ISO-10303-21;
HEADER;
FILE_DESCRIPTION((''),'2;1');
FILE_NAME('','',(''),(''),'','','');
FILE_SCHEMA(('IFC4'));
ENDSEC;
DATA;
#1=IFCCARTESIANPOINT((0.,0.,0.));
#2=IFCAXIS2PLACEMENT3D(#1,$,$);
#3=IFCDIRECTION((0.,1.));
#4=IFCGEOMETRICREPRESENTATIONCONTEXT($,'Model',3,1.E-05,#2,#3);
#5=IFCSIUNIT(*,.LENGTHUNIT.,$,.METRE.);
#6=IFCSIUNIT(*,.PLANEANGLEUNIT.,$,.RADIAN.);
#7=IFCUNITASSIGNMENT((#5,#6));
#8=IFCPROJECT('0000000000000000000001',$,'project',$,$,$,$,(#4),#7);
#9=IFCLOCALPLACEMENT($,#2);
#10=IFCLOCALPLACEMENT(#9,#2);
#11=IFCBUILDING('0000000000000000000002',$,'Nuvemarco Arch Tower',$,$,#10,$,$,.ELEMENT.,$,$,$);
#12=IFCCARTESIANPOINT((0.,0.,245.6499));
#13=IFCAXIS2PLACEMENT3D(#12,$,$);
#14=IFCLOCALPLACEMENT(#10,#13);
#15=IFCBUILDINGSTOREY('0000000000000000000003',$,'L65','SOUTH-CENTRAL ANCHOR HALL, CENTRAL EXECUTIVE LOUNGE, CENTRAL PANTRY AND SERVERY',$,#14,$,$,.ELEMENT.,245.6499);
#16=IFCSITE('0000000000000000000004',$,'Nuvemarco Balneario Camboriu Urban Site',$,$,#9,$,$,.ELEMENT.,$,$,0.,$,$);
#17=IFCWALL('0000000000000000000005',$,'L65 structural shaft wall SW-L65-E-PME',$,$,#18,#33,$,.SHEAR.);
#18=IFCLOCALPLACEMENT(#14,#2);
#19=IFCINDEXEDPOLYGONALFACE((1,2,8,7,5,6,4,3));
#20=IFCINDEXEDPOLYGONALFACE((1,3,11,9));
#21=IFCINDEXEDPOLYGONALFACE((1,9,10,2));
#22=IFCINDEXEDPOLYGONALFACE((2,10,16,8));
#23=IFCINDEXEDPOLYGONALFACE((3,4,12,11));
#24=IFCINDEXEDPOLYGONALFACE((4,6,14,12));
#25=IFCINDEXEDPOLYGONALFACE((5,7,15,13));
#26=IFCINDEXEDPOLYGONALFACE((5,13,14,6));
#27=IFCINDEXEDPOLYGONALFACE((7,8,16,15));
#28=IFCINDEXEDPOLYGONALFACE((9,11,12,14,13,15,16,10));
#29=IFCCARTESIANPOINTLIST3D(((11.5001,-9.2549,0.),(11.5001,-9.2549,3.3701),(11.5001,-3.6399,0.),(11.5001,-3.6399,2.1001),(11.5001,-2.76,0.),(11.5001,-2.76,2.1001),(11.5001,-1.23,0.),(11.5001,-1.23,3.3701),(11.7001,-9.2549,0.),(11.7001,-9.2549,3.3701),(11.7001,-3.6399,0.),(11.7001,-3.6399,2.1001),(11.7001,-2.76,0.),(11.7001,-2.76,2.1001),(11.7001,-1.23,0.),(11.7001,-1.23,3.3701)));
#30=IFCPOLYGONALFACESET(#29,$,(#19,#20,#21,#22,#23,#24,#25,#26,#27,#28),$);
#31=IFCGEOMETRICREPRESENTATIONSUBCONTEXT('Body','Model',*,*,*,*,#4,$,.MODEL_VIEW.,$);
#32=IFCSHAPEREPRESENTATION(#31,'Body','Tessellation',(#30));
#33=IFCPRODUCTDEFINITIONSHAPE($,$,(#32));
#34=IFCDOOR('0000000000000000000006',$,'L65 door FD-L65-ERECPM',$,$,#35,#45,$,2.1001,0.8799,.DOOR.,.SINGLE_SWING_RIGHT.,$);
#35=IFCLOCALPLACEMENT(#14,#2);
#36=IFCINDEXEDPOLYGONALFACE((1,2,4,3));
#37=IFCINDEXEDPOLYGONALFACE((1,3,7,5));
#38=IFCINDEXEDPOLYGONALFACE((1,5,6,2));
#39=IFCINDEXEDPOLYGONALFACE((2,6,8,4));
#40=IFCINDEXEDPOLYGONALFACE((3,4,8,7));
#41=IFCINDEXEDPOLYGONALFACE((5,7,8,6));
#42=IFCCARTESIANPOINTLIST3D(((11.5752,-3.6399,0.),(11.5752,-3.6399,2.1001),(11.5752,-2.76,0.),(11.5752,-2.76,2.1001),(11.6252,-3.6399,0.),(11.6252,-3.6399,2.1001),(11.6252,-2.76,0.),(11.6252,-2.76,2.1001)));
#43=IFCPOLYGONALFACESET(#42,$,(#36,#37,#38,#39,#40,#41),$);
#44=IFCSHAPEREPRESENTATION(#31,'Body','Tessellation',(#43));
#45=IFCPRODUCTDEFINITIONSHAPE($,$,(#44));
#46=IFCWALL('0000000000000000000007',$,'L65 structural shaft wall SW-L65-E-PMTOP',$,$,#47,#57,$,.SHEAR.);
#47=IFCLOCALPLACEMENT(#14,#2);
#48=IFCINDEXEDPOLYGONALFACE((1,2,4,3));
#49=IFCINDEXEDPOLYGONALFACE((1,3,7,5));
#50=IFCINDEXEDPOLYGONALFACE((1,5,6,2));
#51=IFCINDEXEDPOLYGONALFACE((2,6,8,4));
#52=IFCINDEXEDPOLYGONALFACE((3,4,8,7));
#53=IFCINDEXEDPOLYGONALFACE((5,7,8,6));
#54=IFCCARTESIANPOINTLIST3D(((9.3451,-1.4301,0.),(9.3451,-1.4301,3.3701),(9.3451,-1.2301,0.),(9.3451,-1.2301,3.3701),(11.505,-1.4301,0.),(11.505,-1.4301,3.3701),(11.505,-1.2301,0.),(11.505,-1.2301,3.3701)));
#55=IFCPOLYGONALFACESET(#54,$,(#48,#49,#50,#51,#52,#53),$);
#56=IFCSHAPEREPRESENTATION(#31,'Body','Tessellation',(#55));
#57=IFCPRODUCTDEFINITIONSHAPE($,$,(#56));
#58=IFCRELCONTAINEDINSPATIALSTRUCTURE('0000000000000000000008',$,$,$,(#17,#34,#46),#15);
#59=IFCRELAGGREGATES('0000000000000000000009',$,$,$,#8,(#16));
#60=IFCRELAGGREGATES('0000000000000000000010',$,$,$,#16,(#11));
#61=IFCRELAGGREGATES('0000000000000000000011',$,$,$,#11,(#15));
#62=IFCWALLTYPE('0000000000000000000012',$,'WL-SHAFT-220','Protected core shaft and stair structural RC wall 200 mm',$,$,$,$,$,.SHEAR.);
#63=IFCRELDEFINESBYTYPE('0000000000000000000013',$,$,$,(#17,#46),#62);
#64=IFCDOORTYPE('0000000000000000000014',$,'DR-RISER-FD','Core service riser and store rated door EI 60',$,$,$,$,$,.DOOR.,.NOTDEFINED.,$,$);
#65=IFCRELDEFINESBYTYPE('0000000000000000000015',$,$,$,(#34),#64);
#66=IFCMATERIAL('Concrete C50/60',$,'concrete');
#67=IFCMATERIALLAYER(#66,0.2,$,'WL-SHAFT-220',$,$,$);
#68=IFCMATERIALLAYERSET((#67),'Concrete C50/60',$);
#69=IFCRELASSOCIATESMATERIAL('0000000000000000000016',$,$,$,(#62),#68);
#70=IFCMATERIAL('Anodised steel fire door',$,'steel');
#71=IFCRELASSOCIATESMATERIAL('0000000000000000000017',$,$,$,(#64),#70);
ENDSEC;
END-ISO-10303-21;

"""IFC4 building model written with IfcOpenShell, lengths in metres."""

from ifc_helpers import new_model, si_unit, direction, frame, frame_2d, origin, place, context, subcontext, project, spatial, rectangle, extrude, source, transform, mapped, material, layer, layer_set, type_object, type_shapes, element, fill, save


model = new_model("IFC4")

# Units and contexts
model_context = context("Model", 3, precision=1e-05, world=origin(), true_north=direction((0.0, 1.0)))
body_context = subcontext(model_context, "Body", "Model", "MODEL_VIEW")
ifc_project = project(units=[si_unit("LENGTHUNIT", "METRE"), si_unit("PLANEANGLEUNIT", "RADIAN")], contexts=[model_context])

# Site, building, storey
site_placement = place(None, origin())
site = spatial("IfcSite", under=ifc_project, at=site_placement, Name="Nuvemarco Balneario Camboriu Urban Site", CompositionType="ELEMENT", RefElevation=0.0)
building_placement = place(site_placement, origin())
building = spatial("IfcBuilding", under=site, at=building_placement, Name="Nuvemarco Arch Tower", CompositionType="ELEMENT")
storey_placement = place(building_placement, frame((0.0, 0.0, 245.6499)))
storey = spatial("IfcBuildingStorey", under=building, at=storey_placement, Name="L65", Description="SOUTH-CENTRAL ANCHOR HALL, CENTRAL EXECUTIVE LOUNGE, CENTRAL PANTRY AND SERVERY", CompositionType="ELEMENT", Elevation=245.6499)

# Shared definitions
ifc_material_1 = material(Name="Concrete C50/60", Category="concrete")

# Wall, opening, door
ifc_material_2 = material(Name="Anodised steel fire door", Category="steel")
ifc_layer_1 = layer(ifc_material_1, 0.2, Name="WL-SHAFT-220")
ifc_layer_set_1 = layer_set([ifc_layer_1], Name="Concrete C50/60")
wall_type_1 = type_object("IfcWallType", Name="WL-SHAFT-220", Description="Protected core shaft and stair structural RC wall 200 mm", PredefinedType="SHEAR", material=ifc_layer_set_1)
wall_1_placement = place(storey_placement, frame((11.6001, -9.2549, 0.0), z_axis=(0.0, 0.0, 1.0), x_axis=(0.0, 1.0, 0.0)))
wall_1 = element("IfcWall", 1, at=wall_1_placement, inside=storey, type_object=wall_type_1, Name="L65 structural shaft wall SW-L65-E-PME", PredefinedType="SHEAR", context=body_context, shape_type="SweptSolid", body=[
    extrude(rectangle(XDim=8.0249, YDim=0.2, at=frame_2d((4.0125, 0.0))), origin(), (0.0, 0.0, 1.0), 3.3701),
])
opening_1_placement = place(wall_1_placement, frame((5.615, 0.0, 0.0)))
opening_1 = element("IfcOpeningElement", 2, at=opening_1_placement, cuts=wall_1, PredefinedType="OPENING", context=body_context, shape_type="SweptSolid", body=[
    extrude(rectangle(XDim=0.8799, YDim=2.1001, at=frame_2d((0.4399, 1.05))), frame((0.0, 0.1099, 0.0), z_axis=(0.0, -1.0, 0.0), x_axis=(1.0, 0.0, 0.0)), (0.0, 0.0, 1.0), 0.22),
])
door_type_1 = type_object("IfcDoorType", Name="DR-RISER-FD", Description="Core service riser and store rated door EI 60", OperationType="NOTDEFINED", PredefinedType="DOOR", material=ifc_material_2)
shared_shape_1 = source(origin(), body_context, "Body", "SweptSolid", [
    extrude(rectangle(XDim=0.8799, YDim=2.1001, at=frame_2d((0.4399, 1.05))), frame((0.0, 0.0249, 0.0), z_axis=(0.0, -1.0, 0.0), x_axis=(1.0, 0.0, 0.0)), (0.0, 0.0, 1.0), 0.05),
])
type_shapes(door_type_1, [shared_shape_1])
door_1_placement = place(opening_1_placement, origin())
door_1 = element("IfcDoor", 3, at=door_1_placement, inside=storey, type_object=door_type_1, Name="L65 door FD-L65-ERECPM", OperationType="SINGLE_SWING_RIGHT", OverallHeight=2.1001, OverallWidth=0.8799, PredefinedType="DOOR", context=body_context, shape_type="MappedRepresentation", body=[
    mapped(shared_shape_1, transform((0.0, 0.0, 0.0), scale=1.0)),
])
fill(opening_1, door_1)

# Wall
wall_2_placement = place(storey_placement, frame((9.345, -1.3301, 0.0), z_axis=(0.0, 0.0, 1.0), x_axis=(1.0, 0.0, 0.0)))
element("IfcWall", 4, at=wall_2_placement, inside=storey, type_object=wall_type_1, Name="L65 structural shaft wall SW-L65-E-PMTOP", PredefinedType="SHEAR", context=body_context, shape_type="SweptSolid", body=[
    extrude(rectangle(XDim=2.1599, YDim=0.2, at=frame_2d((1.0801, 0.0))), origin(), (0.0, 0.0, 1.0), 3.3701),
])

save(model, "model.ifc")
